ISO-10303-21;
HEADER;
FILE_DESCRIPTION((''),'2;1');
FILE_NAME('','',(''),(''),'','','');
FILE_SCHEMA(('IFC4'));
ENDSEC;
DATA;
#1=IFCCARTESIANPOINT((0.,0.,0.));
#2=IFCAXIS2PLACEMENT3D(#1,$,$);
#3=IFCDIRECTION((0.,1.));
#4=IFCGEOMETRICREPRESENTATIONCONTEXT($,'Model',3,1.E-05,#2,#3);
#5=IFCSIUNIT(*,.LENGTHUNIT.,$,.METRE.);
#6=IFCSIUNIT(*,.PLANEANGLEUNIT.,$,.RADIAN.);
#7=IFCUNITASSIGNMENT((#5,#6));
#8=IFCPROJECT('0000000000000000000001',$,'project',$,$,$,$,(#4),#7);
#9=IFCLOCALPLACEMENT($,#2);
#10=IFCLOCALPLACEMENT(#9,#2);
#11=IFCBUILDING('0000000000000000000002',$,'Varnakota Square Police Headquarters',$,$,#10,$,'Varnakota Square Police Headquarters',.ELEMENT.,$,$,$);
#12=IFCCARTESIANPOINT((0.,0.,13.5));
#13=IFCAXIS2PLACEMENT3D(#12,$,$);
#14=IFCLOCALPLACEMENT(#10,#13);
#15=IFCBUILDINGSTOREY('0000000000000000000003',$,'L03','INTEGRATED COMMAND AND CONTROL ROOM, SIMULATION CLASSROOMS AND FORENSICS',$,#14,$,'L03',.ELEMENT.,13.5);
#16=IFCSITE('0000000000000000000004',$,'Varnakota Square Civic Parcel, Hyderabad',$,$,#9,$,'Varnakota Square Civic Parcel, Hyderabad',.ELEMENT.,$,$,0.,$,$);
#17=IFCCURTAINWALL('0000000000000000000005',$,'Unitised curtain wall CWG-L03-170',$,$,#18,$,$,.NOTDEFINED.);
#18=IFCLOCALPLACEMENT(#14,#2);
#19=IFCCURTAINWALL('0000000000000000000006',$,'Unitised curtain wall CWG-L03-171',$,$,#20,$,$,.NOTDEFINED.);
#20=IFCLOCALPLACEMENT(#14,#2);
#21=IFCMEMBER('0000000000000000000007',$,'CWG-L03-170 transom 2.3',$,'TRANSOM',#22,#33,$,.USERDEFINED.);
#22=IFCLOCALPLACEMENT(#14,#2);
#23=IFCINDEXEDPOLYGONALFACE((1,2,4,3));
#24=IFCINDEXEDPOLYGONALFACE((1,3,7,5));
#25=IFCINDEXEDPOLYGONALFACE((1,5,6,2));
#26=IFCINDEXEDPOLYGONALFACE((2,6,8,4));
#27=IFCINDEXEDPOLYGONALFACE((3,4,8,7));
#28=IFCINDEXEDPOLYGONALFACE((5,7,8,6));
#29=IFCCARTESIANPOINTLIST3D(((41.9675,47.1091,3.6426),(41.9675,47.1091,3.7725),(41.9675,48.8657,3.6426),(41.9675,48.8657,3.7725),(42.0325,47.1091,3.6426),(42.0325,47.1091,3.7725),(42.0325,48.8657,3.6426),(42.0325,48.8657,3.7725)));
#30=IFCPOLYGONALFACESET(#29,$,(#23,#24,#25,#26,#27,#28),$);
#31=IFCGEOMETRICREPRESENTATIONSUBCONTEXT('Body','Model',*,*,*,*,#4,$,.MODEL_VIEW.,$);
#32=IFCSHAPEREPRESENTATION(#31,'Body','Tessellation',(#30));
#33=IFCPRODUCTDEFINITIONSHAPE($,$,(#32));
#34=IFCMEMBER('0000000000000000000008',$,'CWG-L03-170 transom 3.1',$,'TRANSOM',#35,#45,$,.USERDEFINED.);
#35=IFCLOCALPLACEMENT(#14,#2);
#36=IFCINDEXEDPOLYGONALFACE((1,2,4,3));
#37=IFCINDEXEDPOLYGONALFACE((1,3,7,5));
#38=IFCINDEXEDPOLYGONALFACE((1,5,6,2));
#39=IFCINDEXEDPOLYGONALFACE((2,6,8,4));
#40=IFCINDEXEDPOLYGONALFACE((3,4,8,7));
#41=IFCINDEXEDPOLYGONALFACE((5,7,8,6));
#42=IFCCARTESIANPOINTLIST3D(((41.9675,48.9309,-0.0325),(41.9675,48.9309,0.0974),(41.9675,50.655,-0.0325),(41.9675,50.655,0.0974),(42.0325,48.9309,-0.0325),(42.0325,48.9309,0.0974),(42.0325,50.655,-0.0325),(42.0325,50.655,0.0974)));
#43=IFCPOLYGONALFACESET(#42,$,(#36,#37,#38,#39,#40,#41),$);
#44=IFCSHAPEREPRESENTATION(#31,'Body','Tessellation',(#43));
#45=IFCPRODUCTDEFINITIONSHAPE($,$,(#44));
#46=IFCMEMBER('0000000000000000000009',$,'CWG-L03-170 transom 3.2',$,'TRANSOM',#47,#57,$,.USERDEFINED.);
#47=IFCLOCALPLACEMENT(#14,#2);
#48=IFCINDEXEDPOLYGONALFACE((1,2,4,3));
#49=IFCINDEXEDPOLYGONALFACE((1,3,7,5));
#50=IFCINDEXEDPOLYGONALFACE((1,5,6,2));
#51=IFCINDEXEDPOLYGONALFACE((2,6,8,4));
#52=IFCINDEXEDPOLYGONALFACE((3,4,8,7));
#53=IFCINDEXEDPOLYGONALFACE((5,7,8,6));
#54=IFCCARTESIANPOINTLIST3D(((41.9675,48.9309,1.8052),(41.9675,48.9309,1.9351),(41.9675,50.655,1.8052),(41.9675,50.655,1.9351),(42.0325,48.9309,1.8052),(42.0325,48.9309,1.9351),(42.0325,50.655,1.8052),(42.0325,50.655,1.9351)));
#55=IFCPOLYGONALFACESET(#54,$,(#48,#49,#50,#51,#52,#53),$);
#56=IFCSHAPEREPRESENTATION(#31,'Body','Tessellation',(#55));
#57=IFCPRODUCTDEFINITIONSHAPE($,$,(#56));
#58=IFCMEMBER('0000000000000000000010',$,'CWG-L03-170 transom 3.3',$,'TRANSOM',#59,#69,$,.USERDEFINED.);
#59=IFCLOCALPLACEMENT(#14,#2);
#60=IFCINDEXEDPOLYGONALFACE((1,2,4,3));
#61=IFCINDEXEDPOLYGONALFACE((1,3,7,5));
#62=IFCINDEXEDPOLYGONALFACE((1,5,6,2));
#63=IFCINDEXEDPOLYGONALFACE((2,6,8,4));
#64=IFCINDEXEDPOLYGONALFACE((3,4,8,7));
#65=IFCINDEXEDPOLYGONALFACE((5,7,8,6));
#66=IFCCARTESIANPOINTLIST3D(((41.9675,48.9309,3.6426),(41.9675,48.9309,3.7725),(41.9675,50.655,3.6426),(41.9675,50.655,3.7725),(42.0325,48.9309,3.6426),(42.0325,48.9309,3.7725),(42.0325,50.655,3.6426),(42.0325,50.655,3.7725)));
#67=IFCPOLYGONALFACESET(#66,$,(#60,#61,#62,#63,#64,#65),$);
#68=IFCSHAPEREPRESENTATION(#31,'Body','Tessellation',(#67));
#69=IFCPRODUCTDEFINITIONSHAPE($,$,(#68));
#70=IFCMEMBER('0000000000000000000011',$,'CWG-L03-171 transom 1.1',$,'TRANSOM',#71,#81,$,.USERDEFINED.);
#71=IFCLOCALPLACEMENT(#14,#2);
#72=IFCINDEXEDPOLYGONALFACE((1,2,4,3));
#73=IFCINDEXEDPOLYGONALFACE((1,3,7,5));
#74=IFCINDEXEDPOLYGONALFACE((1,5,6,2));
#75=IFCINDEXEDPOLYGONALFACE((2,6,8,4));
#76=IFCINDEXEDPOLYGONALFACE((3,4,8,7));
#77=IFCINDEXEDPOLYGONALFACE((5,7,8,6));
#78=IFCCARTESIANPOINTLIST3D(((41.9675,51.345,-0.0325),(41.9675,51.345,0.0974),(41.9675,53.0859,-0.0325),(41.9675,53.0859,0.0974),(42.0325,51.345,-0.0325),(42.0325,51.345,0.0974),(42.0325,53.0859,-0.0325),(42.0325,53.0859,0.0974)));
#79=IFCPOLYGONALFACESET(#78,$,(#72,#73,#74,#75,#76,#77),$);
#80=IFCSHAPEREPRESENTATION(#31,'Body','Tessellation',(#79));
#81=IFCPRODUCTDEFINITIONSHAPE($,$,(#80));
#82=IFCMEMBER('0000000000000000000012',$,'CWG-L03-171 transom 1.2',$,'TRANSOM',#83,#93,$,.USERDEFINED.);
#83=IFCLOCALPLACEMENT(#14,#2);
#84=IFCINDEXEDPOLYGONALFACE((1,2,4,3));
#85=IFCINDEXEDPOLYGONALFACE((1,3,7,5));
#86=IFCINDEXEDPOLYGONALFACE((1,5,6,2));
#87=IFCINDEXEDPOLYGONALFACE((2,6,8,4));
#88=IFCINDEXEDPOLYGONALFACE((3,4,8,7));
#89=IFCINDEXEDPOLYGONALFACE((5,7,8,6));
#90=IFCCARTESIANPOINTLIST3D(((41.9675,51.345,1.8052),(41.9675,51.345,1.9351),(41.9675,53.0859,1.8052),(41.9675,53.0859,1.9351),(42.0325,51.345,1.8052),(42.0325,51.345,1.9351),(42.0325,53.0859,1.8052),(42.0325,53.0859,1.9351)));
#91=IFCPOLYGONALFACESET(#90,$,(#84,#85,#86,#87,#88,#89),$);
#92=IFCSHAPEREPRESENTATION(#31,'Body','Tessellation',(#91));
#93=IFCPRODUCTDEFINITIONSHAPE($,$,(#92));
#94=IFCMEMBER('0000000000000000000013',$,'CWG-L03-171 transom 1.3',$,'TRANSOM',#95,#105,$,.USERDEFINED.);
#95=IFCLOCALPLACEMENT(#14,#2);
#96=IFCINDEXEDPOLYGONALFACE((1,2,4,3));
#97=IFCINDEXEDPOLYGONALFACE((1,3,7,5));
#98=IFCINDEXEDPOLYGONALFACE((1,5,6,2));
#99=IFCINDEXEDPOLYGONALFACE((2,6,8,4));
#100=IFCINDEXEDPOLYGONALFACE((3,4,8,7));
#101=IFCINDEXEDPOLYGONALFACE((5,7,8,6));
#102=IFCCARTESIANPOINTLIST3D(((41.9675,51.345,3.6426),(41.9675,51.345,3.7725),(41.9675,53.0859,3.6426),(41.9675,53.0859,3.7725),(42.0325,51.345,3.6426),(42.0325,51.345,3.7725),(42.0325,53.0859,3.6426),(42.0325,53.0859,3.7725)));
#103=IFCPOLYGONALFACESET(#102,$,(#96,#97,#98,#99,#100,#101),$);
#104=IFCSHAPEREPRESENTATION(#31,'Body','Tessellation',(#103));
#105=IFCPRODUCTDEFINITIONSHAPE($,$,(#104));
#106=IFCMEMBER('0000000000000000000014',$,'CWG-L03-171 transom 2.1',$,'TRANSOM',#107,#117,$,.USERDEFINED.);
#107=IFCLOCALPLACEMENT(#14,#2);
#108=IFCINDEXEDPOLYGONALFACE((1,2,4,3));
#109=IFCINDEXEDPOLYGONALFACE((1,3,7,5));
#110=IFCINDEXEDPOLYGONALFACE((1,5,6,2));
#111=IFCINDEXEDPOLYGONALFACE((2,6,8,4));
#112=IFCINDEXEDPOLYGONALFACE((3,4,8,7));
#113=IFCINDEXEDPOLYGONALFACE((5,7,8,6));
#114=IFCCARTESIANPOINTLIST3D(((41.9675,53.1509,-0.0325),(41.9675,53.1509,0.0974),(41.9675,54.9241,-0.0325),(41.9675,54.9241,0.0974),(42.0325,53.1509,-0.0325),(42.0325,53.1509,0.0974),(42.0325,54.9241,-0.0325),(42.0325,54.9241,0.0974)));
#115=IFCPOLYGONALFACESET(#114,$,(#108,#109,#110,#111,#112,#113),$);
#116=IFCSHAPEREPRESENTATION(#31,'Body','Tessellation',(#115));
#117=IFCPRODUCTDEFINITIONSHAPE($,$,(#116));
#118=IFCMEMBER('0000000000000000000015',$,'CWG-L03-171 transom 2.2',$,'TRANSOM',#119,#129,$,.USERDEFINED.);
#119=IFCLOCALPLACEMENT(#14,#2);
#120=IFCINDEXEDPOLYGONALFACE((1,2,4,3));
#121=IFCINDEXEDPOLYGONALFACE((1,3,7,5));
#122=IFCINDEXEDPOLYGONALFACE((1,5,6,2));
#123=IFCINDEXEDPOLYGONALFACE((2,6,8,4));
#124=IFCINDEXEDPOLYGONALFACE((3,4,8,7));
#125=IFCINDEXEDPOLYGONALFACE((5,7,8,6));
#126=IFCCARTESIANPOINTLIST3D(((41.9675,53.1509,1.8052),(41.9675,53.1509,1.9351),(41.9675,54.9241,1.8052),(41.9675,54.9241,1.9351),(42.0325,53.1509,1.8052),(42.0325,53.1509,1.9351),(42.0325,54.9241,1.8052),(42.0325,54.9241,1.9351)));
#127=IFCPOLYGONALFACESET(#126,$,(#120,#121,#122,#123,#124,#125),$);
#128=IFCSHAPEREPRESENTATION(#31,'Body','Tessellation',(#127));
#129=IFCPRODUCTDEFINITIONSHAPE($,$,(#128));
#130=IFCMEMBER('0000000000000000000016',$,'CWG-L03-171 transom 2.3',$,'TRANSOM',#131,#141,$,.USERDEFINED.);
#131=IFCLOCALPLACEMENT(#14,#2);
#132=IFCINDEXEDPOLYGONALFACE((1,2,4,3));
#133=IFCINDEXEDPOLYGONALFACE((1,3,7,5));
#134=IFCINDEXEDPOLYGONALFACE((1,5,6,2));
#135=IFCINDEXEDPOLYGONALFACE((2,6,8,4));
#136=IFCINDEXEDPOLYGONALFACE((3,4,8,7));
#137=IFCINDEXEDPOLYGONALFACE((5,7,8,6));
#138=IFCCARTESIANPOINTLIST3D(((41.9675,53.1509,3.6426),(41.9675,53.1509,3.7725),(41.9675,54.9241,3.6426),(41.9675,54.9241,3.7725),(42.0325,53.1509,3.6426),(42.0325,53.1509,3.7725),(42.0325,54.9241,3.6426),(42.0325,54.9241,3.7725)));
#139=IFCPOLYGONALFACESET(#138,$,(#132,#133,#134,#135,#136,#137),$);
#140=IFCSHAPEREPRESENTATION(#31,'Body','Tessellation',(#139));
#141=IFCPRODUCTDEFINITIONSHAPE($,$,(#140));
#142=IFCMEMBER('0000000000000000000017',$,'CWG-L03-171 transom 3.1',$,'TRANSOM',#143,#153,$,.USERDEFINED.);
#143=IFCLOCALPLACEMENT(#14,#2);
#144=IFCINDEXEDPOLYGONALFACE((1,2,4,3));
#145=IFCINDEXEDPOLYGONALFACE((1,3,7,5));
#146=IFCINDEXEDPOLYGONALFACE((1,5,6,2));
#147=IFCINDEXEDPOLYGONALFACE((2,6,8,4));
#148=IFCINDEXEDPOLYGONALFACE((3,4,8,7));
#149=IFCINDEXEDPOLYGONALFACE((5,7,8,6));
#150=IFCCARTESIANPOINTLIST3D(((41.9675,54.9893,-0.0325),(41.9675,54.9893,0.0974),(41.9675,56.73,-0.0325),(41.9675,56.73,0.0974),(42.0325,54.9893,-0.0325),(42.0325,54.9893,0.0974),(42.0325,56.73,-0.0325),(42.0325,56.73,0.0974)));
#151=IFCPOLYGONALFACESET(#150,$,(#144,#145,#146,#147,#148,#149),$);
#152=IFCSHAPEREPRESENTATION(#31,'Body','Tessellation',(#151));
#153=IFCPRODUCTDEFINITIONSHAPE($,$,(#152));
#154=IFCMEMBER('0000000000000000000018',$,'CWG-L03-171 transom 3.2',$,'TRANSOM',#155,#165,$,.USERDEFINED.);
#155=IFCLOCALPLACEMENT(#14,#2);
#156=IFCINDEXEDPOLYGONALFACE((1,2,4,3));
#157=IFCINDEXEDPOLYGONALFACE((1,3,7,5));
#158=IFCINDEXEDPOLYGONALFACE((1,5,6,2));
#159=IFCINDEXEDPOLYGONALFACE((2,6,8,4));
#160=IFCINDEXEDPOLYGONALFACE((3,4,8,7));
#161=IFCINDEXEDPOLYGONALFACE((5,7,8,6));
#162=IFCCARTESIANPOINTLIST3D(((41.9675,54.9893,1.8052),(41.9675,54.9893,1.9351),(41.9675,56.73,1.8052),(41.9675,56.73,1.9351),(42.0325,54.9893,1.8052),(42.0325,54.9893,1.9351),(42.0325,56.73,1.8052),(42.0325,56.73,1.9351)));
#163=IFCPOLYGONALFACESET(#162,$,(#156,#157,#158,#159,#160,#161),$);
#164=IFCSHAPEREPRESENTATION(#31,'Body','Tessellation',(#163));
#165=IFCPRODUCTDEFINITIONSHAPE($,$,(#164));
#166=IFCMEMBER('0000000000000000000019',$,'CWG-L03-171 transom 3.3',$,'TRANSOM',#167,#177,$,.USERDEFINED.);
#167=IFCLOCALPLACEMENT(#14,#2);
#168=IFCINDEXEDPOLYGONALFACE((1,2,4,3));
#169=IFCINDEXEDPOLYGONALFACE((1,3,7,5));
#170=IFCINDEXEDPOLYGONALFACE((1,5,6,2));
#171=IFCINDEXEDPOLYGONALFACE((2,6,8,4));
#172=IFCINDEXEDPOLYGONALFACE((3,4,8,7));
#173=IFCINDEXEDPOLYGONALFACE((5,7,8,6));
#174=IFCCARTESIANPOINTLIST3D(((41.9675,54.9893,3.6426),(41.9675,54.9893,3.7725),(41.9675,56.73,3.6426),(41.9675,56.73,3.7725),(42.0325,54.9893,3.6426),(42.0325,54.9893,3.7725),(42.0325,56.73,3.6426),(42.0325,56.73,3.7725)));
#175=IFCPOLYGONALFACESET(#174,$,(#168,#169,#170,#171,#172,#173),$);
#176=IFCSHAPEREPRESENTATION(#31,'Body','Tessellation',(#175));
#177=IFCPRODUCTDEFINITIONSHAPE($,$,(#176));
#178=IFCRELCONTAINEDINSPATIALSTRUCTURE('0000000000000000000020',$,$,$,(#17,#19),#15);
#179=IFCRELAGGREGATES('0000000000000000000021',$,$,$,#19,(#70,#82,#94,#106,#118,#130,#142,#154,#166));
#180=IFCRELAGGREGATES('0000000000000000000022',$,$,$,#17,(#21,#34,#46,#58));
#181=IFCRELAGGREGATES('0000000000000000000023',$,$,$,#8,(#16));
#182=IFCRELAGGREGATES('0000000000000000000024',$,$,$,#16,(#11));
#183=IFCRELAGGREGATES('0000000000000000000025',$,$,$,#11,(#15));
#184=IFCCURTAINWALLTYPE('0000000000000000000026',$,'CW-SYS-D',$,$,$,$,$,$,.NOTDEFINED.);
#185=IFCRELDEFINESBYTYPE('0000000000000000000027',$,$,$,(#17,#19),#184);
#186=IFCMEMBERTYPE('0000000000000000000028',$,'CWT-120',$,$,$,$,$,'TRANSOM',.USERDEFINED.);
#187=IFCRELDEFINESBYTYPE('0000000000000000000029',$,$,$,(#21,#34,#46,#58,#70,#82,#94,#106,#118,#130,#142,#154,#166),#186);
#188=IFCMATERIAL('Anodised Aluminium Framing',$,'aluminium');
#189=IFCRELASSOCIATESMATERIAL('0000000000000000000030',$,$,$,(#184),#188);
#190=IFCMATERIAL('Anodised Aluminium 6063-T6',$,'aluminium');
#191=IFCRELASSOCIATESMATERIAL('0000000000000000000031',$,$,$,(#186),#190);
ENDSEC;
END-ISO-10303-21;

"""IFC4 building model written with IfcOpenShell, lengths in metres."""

from ifc_helpers import new_model, si_unit, direction, frame, origin, origin_2d, place, context, subcontext, project, spatial, rectangle, extrude, material, material_profile, profile_set, type_object, element, aggregate, save


model = new_model("IFC4")

# Units and contexts
model_context = context("Model", 3, precision=1e-05, world=origin(), true_north=direction((0.0, 1.0)))
body_context = subcontext(model_context, "Body", "Model", "MODEL_VIEW")
ifc_project = project(units=[si_unit("LENGTHUNIT", "METRE"), si_unit("PLANEANGLEUNIT", "RADIAN")], contexts=[model_context])

# Site, building, storey
site_placement = place(None, origin())
site = spatial("IfcSite", under=ifc_project, at=site_placement, Name="Varnakota Square Civic Parcel, Hyderabad", LongName="Varnakota Square Civic Parcel, Hyderabad", CompositionType="ELEMENT", RefElevation=0.0)
building_placement = place(site_placement, origin())
building = spatial("IfcBuilding", under=site, at=building_placement, Name="Varnakota Square Police Headquarters", LongName="Varnakota Square Police Headquarters", CompositionType="ELEMENT")
storey_placement = place(building_placement, frame((0.0, 0.0, 13.5)))
storey = spatial("IfcBuildingStorey", under=building, at=storey_placement, Name="L03", Description="INTEGRATED COMMAND AND CONTROL ROOM, SIMULATION CLASSROOMS AND FORENSICS", LongName="L03", CompositionType="ELEMENT", Elevation=13.5)

# Curtain walls
ifc_material_1 = material(Name="Anodised Aluminium Framing", Category="aluminium")
curtain_wall_type = type_object("IfcCurtainWallType", Name="CW-SYS-D", PredefinedType="NOTDEFINED", material=ifc_material_1)
curtain_wall_1_placement = place(storey_placement, origin())
curtain_wall_1 = element("IfcCurtainWall", 1, at=curtain_wall_1_placement, inside=storey, type_object=curtain_wall_type, Name="Unitised curtain wall CWG-L03-170", PredefinedType="NOTDEFINED")
ifc_material_2 = material(Name="Anodised Aluminium 6063-T6", Category="aluminium")
curtain_wall_2_placement = place(storey_placement, origin())
curtain_wall_2 = element("IfcCurtainWall", 2, at=curtain_wall_2_placement, inside=storey, type_object=curtain_wall_type, Name="Unitised curtain wall CWG-L03-171", PredefinedType="NOTDEFINED")

# Members
ifc_material_profile_1 = material_profile(ifc_material_2, rectangle(XDim=0.0649, YDim=0.1299, at=origin_2d()), Name="ALU TRANSOM 65x130")
ifc_profile_set_1 = profile_set([ifc_material_profile_1], Name="Anodised Aluminium 6063-T6")
member_type_1 = type_object("IfcMemberType", Name="CWT-120", ElementType="TRANSOM", PredefinedType="USERDEFINED", material=ifc_profile_set_1)
member_1_placement = place(storey_placement, frame((42.0, 47.1091, 3.7075), z_axis=(0.0, 1.0, 0.0), x_axis=(-1.0, 0.0, 0.0)))
member_1 = element("IfcMember", 3, at=member_1_placement, type_object=member_type_1, Name="CWG-L03-170 transom 2.3", ObjectType="TRANSOM", PredefinedType="USERDEFINED", context=body_context, shape_type="SweptSolid", body=[
    extrude(rectangle(XDim=0.0649, YDim=0.1299, at=origin_2d()), origin(), (0.0, 0.0, 1.0), 1.7566),
])
member_2_placement = place(storey_placement, frame((42.0, 48.9309, 0.0325), z_axis=(0.0, 1.0, 0.0), x_axis=(-1.0, 0.0, 0.0)))
member_2 = element("IfcMember", 4, at=member_2_placement, type_object=member_type_1, Name="CWG-L03-170 transom 3.1", ObjectType="TRANSOM", PredefinedType="USERDEFINED", context=body_context, shape_type="SweptSolid", body=[
    extrude(rectangle(XDim=0.0649, YDim=0.1299, at=origin_2d()), origin(), (0.0, 0.0, 1.0), 1.7241),
])
member_3_placement = place(storey_placement, frame((42.0, 48.9309, 1.8701), z_axis=(0.0, 1.0, 0.0), x_axis=(-1.0, 0.0, 0.0)))
member_3 = element("IfcMember", 5, at=member_3_placement, type_object=member_type_1, Name="CWG-L03-170 transom 3.2", ObjectType="TRANSOM", PredefinedType="USERDEFINED", context=body_context, shape_type="SweptSolid", body=[
    extrude(rectangle(XDim=0.0649, YDim=0.1299, at=origin_2d()), origin(), (0.0, 0.0, 1.0), 1.7241),
])
member_4_placement = place(storey_placement, frame((42.0, 48.9309, 3.7075), z_axis=(0.0, 1.0, 0.0), x_axis=(-1.0, 0.0, 0.0)))
member_4 = element("IfcMember", 6, at=member_4_placement, type_object=member_type_1, Name="CWG-L03-170 transom 3.3", ObjectType="TRANSOM", PredefinedType="USERDEFINED", context=body_context, shape_type="SweptSolid", body=[
    extrude(rectangle(XDim=0.0649, YDim=0.1299, at=origin_2d()), origin(), (0.0, 0.0, 1.0), 1.7241),
])
member_5_placement = place(storey_placement, frame((42.0, 51.345, 0.0325), z_axis=(0.0, 1.0, 0.0), x_axis=(-1.0, 0.0, 0.0)))
member_5 = element("IfcMember", 7, at=member_5_placement, type_object=member_type_1, Name="CWG-L03-171 transom 1.1", ObjectType="TRANSOM", PredefinedType="USERDEFINED", context=body_context, shape_type="SweptSolid", body=[
    extrude(rectangle(XDim=0.0649, YDim=0.1299, at=origin_2d()), origin(), (0.0, 0.0, 1.0), 1.741),
])
member_6_placement = place(storey_placement, frame((42.0, 51.345, 1.8701), z_axis=(0.0, 1.0, 0.0), x_axis=(-1.0, 0.0, 0.0)))
member_6 = element("IfcMember", 8, at=member_6_placement, type_object=member_type_1, Name="CWG-L03-171 transom 1.2", ObjectType="TRANSOM", PredefinedType="USERDEFINED", context=body_context, shape_type="SweptSolid", body=[
    extrude(rectangle(XDim=0.0649, YDim=0.1299, at=origin_2d()), origin(), (0.0, 0.0, 1.0), 1.741),
])
member_7_placement = place(storey_placement, frame((42.0, 51.345, 3.7075), z_axis=(0.0, 1.0, 0.0), x_axis=(-1.0, 0.0, 0.0)))
member_7 = element("IfcMember", 9, at=member_7_placement, type_object=member_type_1, Name="CWG-L03-171 transom 1.3", ObjectType="TRANSOM", PredefinedType="USERDEFINED", context=body_context, shape_type="SweptSolid", body=[
    extrude(rectangle(XDim=0.0649, YDim=0.1299, at=origin_2d()), origin(), (0.0, 0.0, 1.0), 1.741),
])
member_8_placement = place(storey_placement, frame((42.0, 53.1509, 0.0325), z_axis=(0.0, 1.0, 0.0), x_axis=(-1.0, 0.0, 0.0)))
member_8 = element("IfcMember", 10, at=member_8_placement, type_object=member_type_1, Name="CWG-L03-171 transom 2.1", ObjectType="TRANSOM", PredefinedType="USERDEFINED", context=body_context, shape_type="SweptSolid", body=[
    extrude(rectangle(XDim=0.0649, YDim=0.1299, at=origin_2d()), origin(), (0.0, 0.0, 1.0), 1.7732),
])
member_9_placement = place(storey_placement, frame((42.0, 53.1509, 1.8701), z_axis=(0.0, 1.0, 0.0), x_axis=(-1.0, 0.0, 0.0)))
member_9 = element("IfcMember", 11, at=member_9_placement, type_object=member_type_1, Name="CWG-L03-171 transom 2.2", ObjectType="TRANSOM", PredefinedType="USERDEFINED", context=body_context, shape_type="SweptSolid", body=[
    extrude(rectangle(XDim=0.0649, YDim=0.1299, at=origin_2d()), origin(), (0.0, 0.0, 1.0), 1.7732),
])
member_10_placement = place(storey_placement, frame((42.0, 53.1509, 3.7075), z_axis=(0.0, 1.0, 0.0), x_axis=(-1.0, 0.0, 0.0)))
member_10 = element("IfcMember", 12, at=member_10_placement, type_object=member_type_1, Name="CWG-L03-171 transom 2.3", ObjectType="TRANSOM", PredefinedType="USERDEFINED", context=body_context, shape_type="SweptSolid", body=[
    extrude(rectangle(XDim=0.0649, YDim=0.1299, at=origin_2d()), origin(), (0.0, 0.0, 1.0), 1.7732),
])
member_11_placement = place(storey_placement, frame((42.0, 54.9893, 0.0325), z_axis=(0.0, 1.0, 0.0), x_axis=(-1.0, 0.0, 0.0)))
member_11 = element("IfcMember", 13, at=member_11_placement, type_object=member_type_1, Name="CWG-L03-171 transom 3.1", ObjectType="TRANSOM", PredefinedType="USERDEFINED", context=body_context, shape_type="SweptSolid", body=[
    extrude(rectangle(XDim=0.0649, YDim=0.1299, at=origin_2d()), origin(), (0.0, 0.0, 1.0), 1.7407),
])
member_12_placement = place(storey_placement, frame((42.0, 54.9893, 1.8701), z_axis=(0.0, 1.0, 0.0), x_axis=(-1.0, 0.0, 0.0)))
member_12 = element("IfcMember", 14, at=member_12_placement, type_object=member_type_1, Name="CWG-L03-171 transom 3.2", ObjectType="TRANSOM", PredefinedType="USERDEFINED", context=body_context, shape_type="SweptSolid", body=[
    extrude(rectangle(XDim=0.0649, YDim=0.1299, at=origin_2d()), origin(), (0.0, 0.0, 1.0), 1.7407),
])
member_13_placement = place(storey_placement, frame((42.0, 54.9893, 3.7075), z_axis=(0.0, 1.0, 0.0), x_axis=(-1.0, 0.0, 0.0)))
member_13 = element("IfcMember", 15, at=member_13_placement, type_object=member_type_1, Name="CWG-L03-171 transom 3.3", ObjectType="TRANSOM", PredefinedType="USERDEFINED", context=body_context, shape_type="SweptSolid", body=[
    extrude(rectangle(XDim=0.0649, YDim=0.1299, at=origin_2d()), origin(), (0.0, 0.0, 1.0), 1.7407),
])

aggregate(curtain_wall_2, [member_5, member_6, member_7, member_8, member_9, member_10, member_11, member_12, member_13])
aggregate(curtain_wall_1, [member_1, member_2, member_3, member_4])

save(model, "model.ifc")
